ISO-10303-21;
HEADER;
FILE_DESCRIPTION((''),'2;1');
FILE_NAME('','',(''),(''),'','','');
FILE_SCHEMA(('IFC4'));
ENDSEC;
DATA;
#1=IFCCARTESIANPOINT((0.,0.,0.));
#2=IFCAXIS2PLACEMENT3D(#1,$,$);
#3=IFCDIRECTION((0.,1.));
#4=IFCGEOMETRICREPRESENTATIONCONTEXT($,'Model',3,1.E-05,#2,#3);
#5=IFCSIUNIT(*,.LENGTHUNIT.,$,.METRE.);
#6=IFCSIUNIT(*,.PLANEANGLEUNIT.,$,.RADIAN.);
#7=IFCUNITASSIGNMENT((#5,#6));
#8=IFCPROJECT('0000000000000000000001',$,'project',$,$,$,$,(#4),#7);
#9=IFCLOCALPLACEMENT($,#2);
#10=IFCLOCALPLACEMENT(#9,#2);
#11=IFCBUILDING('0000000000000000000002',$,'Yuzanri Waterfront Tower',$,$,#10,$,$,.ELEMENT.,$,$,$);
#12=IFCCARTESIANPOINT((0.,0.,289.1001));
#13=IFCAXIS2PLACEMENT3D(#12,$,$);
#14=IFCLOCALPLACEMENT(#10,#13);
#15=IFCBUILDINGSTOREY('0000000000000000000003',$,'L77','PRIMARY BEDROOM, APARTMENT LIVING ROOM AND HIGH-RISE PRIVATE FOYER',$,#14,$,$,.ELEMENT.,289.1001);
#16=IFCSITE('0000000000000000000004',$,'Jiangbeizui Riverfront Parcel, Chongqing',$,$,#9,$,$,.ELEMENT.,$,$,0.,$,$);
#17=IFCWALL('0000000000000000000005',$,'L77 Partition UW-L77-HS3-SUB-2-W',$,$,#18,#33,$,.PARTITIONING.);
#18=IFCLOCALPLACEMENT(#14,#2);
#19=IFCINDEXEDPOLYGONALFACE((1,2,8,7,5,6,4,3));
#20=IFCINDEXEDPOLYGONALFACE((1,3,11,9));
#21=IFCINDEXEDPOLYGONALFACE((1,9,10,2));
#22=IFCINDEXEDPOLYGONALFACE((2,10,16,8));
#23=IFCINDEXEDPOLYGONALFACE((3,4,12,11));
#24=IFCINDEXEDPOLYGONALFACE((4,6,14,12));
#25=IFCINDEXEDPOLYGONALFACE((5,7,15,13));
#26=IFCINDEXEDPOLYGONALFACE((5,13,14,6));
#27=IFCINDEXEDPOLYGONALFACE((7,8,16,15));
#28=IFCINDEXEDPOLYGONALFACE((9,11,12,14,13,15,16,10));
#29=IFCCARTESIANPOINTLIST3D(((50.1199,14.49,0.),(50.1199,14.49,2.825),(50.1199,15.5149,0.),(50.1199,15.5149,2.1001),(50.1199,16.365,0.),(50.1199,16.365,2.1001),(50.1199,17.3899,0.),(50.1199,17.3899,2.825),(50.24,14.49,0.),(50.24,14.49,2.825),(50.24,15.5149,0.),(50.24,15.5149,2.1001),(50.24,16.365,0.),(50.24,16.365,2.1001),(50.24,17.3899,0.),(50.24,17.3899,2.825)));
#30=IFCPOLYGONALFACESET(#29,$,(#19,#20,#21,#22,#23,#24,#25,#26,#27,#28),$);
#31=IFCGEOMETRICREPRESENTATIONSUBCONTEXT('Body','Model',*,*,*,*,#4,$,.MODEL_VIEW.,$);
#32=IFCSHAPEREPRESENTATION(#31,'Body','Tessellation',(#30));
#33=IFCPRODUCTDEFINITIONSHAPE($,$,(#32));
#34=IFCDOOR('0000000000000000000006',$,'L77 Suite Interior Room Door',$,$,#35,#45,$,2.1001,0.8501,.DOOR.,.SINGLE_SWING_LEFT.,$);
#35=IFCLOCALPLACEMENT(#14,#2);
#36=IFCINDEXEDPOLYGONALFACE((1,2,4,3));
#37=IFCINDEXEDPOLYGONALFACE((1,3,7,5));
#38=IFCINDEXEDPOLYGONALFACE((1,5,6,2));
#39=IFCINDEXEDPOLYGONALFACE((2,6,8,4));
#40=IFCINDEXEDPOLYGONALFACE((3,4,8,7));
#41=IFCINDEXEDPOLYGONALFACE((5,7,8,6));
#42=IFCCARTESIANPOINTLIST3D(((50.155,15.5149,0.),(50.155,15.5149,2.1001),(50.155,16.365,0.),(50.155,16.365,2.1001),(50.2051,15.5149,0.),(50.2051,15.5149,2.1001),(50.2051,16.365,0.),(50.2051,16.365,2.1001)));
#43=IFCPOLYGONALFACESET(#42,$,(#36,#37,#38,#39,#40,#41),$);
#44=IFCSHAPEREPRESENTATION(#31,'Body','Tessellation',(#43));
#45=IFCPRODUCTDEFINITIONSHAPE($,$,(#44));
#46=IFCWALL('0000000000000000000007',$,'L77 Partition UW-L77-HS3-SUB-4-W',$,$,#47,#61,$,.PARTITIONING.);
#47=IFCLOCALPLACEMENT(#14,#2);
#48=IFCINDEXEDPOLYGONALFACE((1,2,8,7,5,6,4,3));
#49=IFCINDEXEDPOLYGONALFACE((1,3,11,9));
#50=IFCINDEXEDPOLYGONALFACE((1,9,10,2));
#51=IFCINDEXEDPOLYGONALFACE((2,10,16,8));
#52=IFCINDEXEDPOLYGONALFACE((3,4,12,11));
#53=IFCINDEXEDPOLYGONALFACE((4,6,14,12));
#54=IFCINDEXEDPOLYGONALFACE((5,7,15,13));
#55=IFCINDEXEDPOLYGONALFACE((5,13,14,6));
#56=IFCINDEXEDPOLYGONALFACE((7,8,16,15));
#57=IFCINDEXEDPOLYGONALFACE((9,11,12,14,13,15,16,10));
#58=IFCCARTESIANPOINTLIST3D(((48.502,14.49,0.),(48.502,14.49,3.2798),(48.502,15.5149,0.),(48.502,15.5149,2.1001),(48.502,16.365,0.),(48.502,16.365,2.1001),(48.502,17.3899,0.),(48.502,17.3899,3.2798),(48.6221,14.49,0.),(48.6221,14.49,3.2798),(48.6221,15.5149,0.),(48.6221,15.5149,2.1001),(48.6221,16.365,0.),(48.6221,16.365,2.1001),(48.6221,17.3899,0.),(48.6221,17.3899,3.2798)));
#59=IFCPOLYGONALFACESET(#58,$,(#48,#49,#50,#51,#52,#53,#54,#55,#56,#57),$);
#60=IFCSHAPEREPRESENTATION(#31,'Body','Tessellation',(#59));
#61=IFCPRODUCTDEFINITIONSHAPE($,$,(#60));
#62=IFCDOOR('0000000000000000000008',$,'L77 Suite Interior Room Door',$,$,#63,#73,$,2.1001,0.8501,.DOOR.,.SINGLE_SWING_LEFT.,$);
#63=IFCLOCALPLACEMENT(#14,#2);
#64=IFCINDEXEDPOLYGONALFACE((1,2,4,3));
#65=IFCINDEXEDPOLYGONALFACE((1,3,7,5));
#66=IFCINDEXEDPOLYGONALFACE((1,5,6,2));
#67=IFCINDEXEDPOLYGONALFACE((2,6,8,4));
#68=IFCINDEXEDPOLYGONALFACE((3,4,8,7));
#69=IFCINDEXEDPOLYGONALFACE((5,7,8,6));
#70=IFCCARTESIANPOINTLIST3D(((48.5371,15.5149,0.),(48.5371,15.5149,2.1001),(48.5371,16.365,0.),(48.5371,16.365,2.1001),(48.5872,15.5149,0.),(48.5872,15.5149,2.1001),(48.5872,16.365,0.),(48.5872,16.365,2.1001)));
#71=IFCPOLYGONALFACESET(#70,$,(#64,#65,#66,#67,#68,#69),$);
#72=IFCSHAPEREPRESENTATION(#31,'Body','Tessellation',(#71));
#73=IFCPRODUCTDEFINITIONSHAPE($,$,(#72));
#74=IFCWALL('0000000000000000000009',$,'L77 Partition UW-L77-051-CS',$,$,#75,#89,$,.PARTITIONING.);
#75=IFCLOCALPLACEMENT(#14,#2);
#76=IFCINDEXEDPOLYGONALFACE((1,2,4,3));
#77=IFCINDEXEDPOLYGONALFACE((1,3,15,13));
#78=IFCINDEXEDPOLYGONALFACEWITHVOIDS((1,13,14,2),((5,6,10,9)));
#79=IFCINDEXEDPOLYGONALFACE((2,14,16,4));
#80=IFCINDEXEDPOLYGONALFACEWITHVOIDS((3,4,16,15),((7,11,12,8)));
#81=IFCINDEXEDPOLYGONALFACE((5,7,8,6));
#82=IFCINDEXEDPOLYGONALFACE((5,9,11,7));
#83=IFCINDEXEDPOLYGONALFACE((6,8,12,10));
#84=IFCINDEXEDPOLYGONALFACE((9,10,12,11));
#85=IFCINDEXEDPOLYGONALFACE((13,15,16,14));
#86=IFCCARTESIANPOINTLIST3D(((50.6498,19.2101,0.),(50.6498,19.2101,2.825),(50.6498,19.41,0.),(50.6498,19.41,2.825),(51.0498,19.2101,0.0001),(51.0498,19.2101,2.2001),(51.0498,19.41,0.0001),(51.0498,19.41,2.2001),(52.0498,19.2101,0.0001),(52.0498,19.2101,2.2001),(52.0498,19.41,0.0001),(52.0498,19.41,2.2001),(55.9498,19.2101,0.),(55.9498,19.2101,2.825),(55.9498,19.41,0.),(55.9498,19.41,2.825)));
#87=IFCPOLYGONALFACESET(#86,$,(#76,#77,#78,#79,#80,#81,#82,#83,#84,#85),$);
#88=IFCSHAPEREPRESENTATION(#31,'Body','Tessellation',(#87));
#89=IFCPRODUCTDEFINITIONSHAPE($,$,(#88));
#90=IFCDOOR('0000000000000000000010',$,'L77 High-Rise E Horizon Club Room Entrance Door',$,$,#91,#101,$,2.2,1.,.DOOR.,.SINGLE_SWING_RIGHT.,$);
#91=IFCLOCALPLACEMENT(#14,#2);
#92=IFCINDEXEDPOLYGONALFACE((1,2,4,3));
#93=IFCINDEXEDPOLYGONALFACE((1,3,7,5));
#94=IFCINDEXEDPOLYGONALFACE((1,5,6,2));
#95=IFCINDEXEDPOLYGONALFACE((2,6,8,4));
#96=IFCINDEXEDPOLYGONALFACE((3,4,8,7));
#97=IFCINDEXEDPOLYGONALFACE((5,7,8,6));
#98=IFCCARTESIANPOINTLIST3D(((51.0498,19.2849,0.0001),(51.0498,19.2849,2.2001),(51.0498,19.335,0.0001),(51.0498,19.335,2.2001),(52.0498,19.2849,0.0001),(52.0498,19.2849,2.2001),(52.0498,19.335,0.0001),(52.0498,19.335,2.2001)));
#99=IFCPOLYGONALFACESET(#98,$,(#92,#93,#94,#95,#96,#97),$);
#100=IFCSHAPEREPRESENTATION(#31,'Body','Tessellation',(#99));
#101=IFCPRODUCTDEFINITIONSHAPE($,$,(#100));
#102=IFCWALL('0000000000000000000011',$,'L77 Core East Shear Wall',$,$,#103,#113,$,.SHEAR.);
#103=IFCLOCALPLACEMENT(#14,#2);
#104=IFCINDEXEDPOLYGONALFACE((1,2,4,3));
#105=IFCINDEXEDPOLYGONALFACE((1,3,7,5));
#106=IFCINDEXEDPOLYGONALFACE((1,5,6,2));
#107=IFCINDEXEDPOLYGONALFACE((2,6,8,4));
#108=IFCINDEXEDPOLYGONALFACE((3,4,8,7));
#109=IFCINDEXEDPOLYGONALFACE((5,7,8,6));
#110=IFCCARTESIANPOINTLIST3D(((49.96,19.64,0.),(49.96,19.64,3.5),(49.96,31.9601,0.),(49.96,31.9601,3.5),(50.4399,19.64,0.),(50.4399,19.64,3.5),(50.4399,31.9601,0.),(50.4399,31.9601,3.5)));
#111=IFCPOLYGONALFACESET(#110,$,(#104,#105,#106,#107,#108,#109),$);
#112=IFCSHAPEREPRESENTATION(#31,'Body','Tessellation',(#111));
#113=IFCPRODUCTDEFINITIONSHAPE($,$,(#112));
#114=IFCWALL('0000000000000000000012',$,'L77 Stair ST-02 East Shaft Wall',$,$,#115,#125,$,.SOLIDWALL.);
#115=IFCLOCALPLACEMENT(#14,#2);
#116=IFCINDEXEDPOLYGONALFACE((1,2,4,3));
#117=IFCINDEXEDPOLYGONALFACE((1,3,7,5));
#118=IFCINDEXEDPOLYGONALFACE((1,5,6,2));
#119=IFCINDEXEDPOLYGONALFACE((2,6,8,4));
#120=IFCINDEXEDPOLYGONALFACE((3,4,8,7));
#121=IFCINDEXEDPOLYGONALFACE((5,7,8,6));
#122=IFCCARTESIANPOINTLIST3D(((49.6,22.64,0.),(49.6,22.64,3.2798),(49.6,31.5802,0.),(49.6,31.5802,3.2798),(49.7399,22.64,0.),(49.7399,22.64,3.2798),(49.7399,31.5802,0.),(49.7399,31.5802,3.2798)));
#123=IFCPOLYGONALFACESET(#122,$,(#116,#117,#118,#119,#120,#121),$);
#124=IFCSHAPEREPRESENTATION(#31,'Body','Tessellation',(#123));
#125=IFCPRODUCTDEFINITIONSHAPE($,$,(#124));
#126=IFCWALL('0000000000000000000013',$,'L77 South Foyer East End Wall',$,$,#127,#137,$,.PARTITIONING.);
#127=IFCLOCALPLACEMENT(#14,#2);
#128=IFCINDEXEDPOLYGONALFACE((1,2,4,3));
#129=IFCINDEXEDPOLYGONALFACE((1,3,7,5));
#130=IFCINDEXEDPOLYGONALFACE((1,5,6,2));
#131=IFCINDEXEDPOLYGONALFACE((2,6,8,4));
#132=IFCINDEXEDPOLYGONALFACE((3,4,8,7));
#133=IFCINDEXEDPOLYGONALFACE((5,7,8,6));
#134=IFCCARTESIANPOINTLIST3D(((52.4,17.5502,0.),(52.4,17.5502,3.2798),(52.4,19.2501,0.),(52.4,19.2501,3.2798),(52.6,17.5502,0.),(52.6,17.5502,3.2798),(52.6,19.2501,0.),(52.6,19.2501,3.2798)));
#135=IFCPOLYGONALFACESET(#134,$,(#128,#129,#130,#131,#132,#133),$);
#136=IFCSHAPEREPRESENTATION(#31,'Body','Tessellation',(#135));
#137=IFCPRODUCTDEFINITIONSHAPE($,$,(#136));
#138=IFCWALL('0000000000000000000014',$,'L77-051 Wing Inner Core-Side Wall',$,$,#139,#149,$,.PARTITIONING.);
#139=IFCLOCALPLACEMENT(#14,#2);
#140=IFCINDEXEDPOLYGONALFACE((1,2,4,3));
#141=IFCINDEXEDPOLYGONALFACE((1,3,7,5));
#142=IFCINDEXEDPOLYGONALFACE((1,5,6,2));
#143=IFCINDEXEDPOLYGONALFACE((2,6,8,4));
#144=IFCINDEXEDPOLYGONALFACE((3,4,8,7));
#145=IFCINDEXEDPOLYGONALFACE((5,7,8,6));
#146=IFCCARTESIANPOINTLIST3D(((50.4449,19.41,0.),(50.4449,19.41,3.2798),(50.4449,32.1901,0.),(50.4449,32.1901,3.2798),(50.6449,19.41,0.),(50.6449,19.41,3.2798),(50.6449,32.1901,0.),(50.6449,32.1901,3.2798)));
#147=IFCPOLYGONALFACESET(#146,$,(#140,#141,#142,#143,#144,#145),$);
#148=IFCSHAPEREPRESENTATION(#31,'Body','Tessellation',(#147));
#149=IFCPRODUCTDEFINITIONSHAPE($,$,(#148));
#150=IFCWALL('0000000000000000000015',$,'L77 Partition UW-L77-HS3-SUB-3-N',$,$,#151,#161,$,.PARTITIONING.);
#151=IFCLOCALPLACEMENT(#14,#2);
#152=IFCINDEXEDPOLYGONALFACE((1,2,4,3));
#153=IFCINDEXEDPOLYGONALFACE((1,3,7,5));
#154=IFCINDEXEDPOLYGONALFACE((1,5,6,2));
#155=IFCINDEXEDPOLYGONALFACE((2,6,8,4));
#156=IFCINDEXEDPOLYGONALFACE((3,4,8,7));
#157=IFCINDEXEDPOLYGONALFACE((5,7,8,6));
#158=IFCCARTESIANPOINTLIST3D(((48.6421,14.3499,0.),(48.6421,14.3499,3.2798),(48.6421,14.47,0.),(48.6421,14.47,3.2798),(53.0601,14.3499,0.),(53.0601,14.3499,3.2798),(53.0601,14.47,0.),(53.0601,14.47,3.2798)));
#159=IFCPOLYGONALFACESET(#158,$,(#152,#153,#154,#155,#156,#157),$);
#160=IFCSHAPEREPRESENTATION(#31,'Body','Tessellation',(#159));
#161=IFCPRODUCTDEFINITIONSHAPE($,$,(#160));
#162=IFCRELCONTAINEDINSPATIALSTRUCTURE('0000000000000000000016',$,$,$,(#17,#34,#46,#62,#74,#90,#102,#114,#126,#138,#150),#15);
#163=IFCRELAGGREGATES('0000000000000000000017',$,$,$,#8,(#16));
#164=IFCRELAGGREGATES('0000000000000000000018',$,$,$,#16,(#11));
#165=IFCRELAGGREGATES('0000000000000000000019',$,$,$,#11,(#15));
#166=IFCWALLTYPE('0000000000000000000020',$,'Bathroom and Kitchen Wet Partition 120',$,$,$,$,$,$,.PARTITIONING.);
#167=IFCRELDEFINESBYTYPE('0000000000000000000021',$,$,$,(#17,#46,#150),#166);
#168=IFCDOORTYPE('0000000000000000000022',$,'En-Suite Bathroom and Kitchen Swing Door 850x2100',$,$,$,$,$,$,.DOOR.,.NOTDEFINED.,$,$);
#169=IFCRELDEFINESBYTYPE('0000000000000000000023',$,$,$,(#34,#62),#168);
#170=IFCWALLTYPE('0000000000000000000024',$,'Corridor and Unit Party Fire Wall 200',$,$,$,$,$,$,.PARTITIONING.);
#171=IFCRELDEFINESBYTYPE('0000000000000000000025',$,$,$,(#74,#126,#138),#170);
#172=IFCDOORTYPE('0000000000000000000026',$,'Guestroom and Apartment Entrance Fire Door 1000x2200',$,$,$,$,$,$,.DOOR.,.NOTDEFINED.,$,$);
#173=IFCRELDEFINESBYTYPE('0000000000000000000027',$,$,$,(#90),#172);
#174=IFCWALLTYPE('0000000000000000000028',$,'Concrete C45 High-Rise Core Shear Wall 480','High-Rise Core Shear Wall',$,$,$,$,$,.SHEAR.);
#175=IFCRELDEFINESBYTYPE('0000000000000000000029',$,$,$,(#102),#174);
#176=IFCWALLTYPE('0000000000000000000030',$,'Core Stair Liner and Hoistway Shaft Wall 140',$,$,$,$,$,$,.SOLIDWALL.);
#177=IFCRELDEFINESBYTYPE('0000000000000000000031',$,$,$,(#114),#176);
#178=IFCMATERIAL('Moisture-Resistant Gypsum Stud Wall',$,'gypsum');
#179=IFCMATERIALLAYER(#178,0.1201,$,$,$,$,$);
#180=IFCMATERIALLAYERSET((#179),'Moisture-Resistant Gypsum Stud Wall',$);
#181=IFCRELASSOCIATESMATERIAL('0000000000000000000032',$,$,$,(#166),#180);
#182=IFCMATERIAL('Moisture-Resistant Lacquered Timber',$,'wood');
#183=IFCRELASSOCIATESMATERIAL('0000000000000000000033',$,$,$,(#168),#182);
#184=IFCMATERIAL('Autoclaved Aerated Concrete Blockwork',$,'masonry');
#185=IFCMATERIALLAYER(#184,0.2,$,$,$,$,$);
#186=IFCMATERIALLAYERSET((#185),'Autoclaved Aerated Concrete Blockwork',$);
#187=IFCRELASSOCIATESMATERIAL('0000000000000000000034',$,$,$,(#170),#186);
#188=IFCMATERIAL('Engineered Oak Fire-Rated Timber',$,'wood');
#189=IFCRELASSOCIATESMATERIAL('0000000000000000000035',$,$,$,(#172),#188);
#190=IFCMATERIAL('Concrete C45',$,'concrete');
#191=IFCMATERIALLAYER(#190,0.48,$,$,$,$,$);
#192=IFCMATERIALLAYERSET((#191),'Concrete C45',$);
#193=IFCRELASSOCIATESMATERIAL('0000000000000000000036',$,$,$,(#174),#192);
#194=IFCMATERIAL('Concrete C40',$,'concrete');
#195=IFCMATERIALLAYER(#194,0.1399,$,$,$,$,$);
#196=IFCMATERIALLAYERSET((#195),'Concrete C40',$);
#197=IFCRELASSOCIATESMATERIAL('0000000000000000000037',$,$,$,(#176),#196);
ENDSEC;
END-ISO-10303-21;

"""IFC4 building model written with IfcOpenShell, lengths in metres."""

from ifc_helpers import new_model, si_unit, direction, frame, frame_2d, origin, place, context, subcontext, project, spatial, rectangle, extrude, source, transform, mapped, material, layer, layer_set, type_object, element, fill, save


model = new_model("IFC4")

# Units and contexts
model_context = context("Model", 3, precision=1e-05, world=origin(), true_north=direction((0.0, 1.0)))
body_context = subcontext(model_context, "Body", "Model", "MODEL_VIEW")
ifc_project = project(units=[si_unit("LENGTHUNIT", "METRE"), si_unit("PLANEANGLEUNIT", "RADIAN")], contexts=[model_context])

# Site, building, storey
site_placement = place(None, origin())
site = spatial("IfcSite", under=ifc_project, at=site_placement, Name="Jiangbeizui Riverfront Parcel, Chongqing", CompositionType="ELEMENT", RefElevation=0.0)
building_placement = place(site_placement, origin())
building = spatial("IfcBuilding", under=site, at=building_placement, Name="Yuzanri Waterfront Tower", CompositionType="ELEMENT")
storey_placement = place(building_placement, frame((0.0, 0.0, 289.1001)))
storey = spatial("IfcBuildingStorey", under=building, at=storey_placement, Name="L77", Description="PRIMARY BEDROOM, APARTMENT LIVING ROOM AND HIGH-RISE PRIVATE FOYER", CompositionType="ELEMENT", Elevation=289.1001)

# Walls, openings, doors
ifc_material_1 = material(Name="Moisture-Resistant Gypsum Stud Wall", Category="gypsum")
ifc_layer_1 = layer(ifc_material_1, 0.1201)
ifc_layer_set_1 = layer_set([ifc_layer_1], Name="Moisture-Resistant Gypsum Stud Wall")
wall_type_1 = type_object("IfcWallType", Name="Bathroom and Kitchen Wet Partition 120", PredefinedType="PARTITIONING", material=ifc_layer_set_1)
wall_1_placement = place(storey_placement, frame((50.1799, 14.49, 0.0), z_axis=(0.0, 0.0, 1.0), x_axis=(0.0, 1.0, 0.0)))
wall_1 = element("IfcWall", 1, at=wall_1_placement, inside=storey, type_object=wall_type_1, Name="L77 Partition UW-L77-HS3-SUB-2-W", PredefinedType="PARTITIONING", context=body_context, shape_type="SweptSolid", body=[
    extrude(rectangle(XDim=2.8999, YDim=0.1201, at=frame_2d((1.45, 0.0))), origin(), (0.0, 0.0, 1.0), 2.825),
])
opening_1_placement = place(wall_1_placement, frame((1.0249, 0.0, 0.0)))
opening_1 = element("IfcOpeningElement", 2, at=opening_1_placement, cuts=wall_1, PredefinedType="OPENING", context=body_context, shape_type="SweptSolid", body=[
    extrude(rectangle(XDim=0.8501, YDim=2.1001, at=frame_2d((0.425, 1.05))), frame((0.0, 0.075, 0.0), z_axis=(0.0, -1.0, 0.0), x_axis=(1.0, 0.0, 0.0)), (0.0, 0.0, 1.0), 0.1499),
])
ifc_material_2 = material(Name="Moisture-Resistant Lacquered Timber", Category="wood")
door_type_1 = type_object("IfcDoorType", Name="En-Suite Bathroom and Kitchen Swing Door 850x2100", OperationType="NOTDEFINED", PredefinedType="DOOR", material=ifc_material_2)
shared_shape_1 = source(origin(), body_context, "Body", "SweptSolid", [
    extrude(rectangle(XDim=0.8501, YDim=2.1001, at=frame_2d((0.425, 1.05))), frame((0.0, 0.0249, 0.0), z_axis=(0.0, -1.0, 0.0), x_axis=(1.0, 0.0, 0.0)), (0.0, 0.0, 1.0), 0.05),
])
door_1_placement = place(opening_1_placement, origin())
door_1 = element("IfcDoor", 3, at=door_1_placement, inside=storey, type_object=door_type_1, Name="L77 Suite Interior Room Door", OperationType="SINGLE_SWING_LEFT", OverallHeight=2.1001, OverallWidth=0.8501, PredefinedType="DOOR", context=body_context, shape_type="MappedRepresentation", body=[
    mapped(shared_shape_1, transform((0.0, 0.0, 0.0), scale=1.0)),
])
fill(opening_1, door_1)
wall_2_placement = place(storey_placement, frame((48.562, 14.49, 0.0), z_axis=(0.0, 0.0, 1.0), x_axis=(0.0, 1.0, 0.0)))
wall_2 = element("IfcWall", 4, at=wall_2_placement, inside=storey, type_object=wall_type_1, Name="L77 Partition UW-L77-HS3-SUB-4-W", PredefinedType="PARTITIONING", context=body_context, shape_type="SweptSolid", body=[
    extrude(rectangle(XDim=2.8999, YDim=0.1201, at=frame_2d((1.45, 0.0))), origin(), (0.0, 0.0, 1.0), 3.2798),
])
opening_2_placement = place(wall_2_placement, frame((1.0249, 0.0, 0.0)))
opening_2 = element("IfcOpeningElement", 5, at=opening_2_placement, cuts=wall_2, PredefinedType="OPENING", context=body_context, shape_type="SweptSolid", body=[
    extrude(rectangle(XDim=0.8501, YDim=2.1001, at=frame_2d((0.425, 1.05))), frame((0.0, 0.075, 0.0), z_axis=(0.0, -1.0, 0.0), x_axis=(1.0, 0.0, 0.0)), (0.0, 0.0, 1.0), 0.1499),
])
door_2_placement = place(opening_2_placement, origin())
door_2 = element("IfcDoor", 6, at=door_2_placement, inside=storey, type_object=door_type_1, Name="L77 Suite Interior Room Door", OperationType="SINGLE_SWING_LEFT", OverallHeight=2.1001, OverallWidth=0.8501, PredefinedType="DOOR", context=body_context, shape_type="MappedRepresentation", body=[
    mapped(shared_shape_1, transform((0.0, 0.0, 0.0), scale=1.0)),
])
fill(opening_2, door_2)
ifc_material_3 = material(Name="Autoclaved Aerated Concrete Blockwork", Category="masonry")
ifc_layer_2 = layer(ifc_material_3, 0.2)
ifc_layer_set_2 = layer_set([ifc_layer_2], Name="Autoclaved Aerated Concrete Blockwork")
wall_type_2 = type_object("IfcWallType", Name="Corridor and Unit Party Fire Wall 200", PredefinedType="PARTITIONING", material=ifc_layer_set_2)
wall_3_placement = place(storey_placement, frame((50.6499, 19.3101, 0.0), z_axis=(0.0, 0.0, 1.0), x_axis=(1.0, 0.0, 0.0)))
wall_3 = element("IfcWall", 7, at=wall_3_placement, inside=storey, type_object=wall_type_2, Name="L77 Partition UW-L77-051-CS", PredefinedType="PARTITIONING", context=body_context, shape_type="SweptSolid", body=[
    extrude(rectangle(XDim=5.3, YDim=0.2, at=frame_2d((2.6499, 0.0))), origin(), (0.0, 0.0, 1.0), 2.825),
])
opening_3_placement = place(wall_3_placement, frame((0.3999, 0.0, 0.0)))
opening_3 = element("IfcOpeningElement", 8, at=opening_3_placement, cuts=wall_3, PredefinedType="OPENING", context=body_context, shape_type="SweptSolid", body=[
    extrude(rectangle(XDim=1.0, YDim=2.2, at=frame_2d((0.5, 1.1001))), frame((0.0, 0.1147, 0.0), z_axis=(0.0, -1.0, 0.0), x_axis=(1.0, 0.0, 0.0)), (0.0, 0.0, 1.0), 0.2297),
])
ifc_material_4 = material(Name="Engineered Oak Fire-Rated Timber", Category="wood")
door_type_2 = type_object("IfcDoorType", Name="Guestroom and Apartment Entrance Fire Door 1000x2200", OperationType="NOTDEFINED", PredefinedType="DOOR", material=ifc_material_4)
shared_shape_2 = source(origin(), body_context, "Body", "SweptSolid", [
    extrude(rectangle(XDim=1.0, YDim=2.2, at=frame_2d((0.5, 1.1001))), frame((0.0, 0.0249, 0.0), z_axis=(0.0, -1.0, 0.0), x_axis=(1.0, 0.0, 0.0)), (0.0, 0.0, 1.0), 0.05),
])
door_3_placement = place(opening_3_placement, origin())
door_3 = element("IfcDoor", 9, at=door_3_placement, inside=storey, type_object=door_type_2, Name="L77 High-Rise E Horizon Club Room Entrance Door", OperationType="SINGLE_SWING_RIGHT", OverallHeight=2.2, OverallWidth=1.0, PredefinedType="DOOR", context=body_context, shape_type="MappedRepresentation", body=[
    mapped(shared_shape_2, transform((0.0, 0.0, 0.0), scale=1.0)),
])
fill(opening_3, door_3)

# Walls
ifc_material_5 = material(Name="Concrete C45", Category="concrete")
ifc_layer_3 = layer(ifc_material_5, 0.48)
ifc_layer_set_3 = layer_set([ifc_layer_3], Name="Concrete C45")
wall_type_3 = type_object("IfcWallType", Name="Concrete C45 High-Rise Core Shear Wall 480", Description="High-Rise Core Shear Wall", PredefinedType="SHEAR", material=ifc_layer_set_3)
shared_shape_3 = source(origin(), body_context, "Body", "SweptSolid", [
    extrude(rectangle(XDim=12.3201, YDim=0.48, at=frame_2d((6.1602, 0.0))), origin(), (0.0, 0.0, 1.0), 3.5),
])
wall_4_placement = place(storey_placement, frame((50.2, 19.6399, 0.0), z_axis=(0.0, 0.0, 1.0), x_axis=(0.0, 1.0, 0.0)))
element("IfcWall", 10, at=wall_4_placement, inside=storey, type_object=wall_type_3, Name="L77 Core East Shear Wall", PredefinedType="SHEAR", context=body_context, shape_type="MappedRepresentation", body=[
    mapped(shared_shape_3, transform((0.0, 0.0, 0.0), scale=1.0)),
])
ifc_material_6 = material(Name="Concrete C40", Category="concrete")
ifc_layer_4 = layer(ifc_material_6, 0.1399)
ifc_layer_set_4 = layer_set([ifc_layer_4], Name="Concrete C40")
wall_type_4 = type_object("IfcWallType", Name="Core Stair Liner and Hoistway Shaft Wall 140", PredefinedType="SOLIDWALL", material=ifc_layer_set_4)
shared_shape_4 = source(origin(), body_context, "Body", "SweptSolid", [
    extrude(rectangle(XDim=8.9402, YDim=0.1399, at=frame_2d((4.4702, 0.0))), origin(), (0.0, 0.0, 1.0), 3.2798),
])
wall_5_placement = place(storey_placement, frame((49.6699, 22.6399, 0.0), z_axis=(0.0, 0.0, 1.0), x_axis=(0.0, 1.0, 0.0)))
element("IfcWall", 11, at=wall_5_placement, inside=storey, type_object=wall_type_4, Name="L77 Stair ST-02 East Shaft Wall", PredefinedType="SOLIDWALL", context=body_context, shape_type="MappedRepresentation", body=[
    mapped(shared_shape_4, transform((0.0, 0.0, 0.0), scale=1.0)),
])
shared_shape_5 = source(origin(), body_context, "Body", "SweptSolid", [
    extrude(rectangle(XDim=1.7, YDim=0.2, at=frame_2d((0.8501, 0.0))), origin(), (0.0, 0.0, 1.0), 3.2798),
])
wall_6_placement = place(storey_placement, frame((52.5, 17.55, 0.0), z_axis=(0.0, 0.0, 1.0), x_axis=(0.0, 1.0, 0.0)))
element("IfcWall", 12, at=wall_6_placement, inside=storey, type_object=wall_type_2, Name="L77 South Foyer East End Wall", PredefinedType="PARTITIONING", context=body_context, shape_type="MappedRepresentation", body=[
    mapped(shared_shape_5, transform((0.0, 0.0, 0.0), scale=1.0)),
])
shared_shape_6 = source(origin(), body_context, "Body", "SweptSolid", [
    extrude(rectangle(XDim=12.78, YDim=0.2, at=frame_2d((6.3901, 0.0))), origin(), (0.0, 0.0, 1.0), 3.2798),
])
wall_7_placement = place(storey_placement, frame((50.5449, 19.4099, 0.0), z_axis=(0.0, 0.0, 1.0), x_axis=(0.0, 1.0, 0.0)))
element("IfcWall", 13, at=wall_7_placement, inside=storey, type_object=wall_type_2, Name="L77-051 Wing Inner Core-Side Wall", PredefinedType="PARTITIONING", context=body_context, shape_type="MappedRepresentation", body=[
    mapped(shared_shape_6, transform((0.0, 0.0, 0.0), scale=1.0)),
])
shared_shape_7 = source(origin(), body_context, "Body", "SweptSolid", [
    extrude(rectangle(XDim=4.418, YDim=0.1201, at=frame_2d((2.209, 0.0))), origin(), (0.0, 0.0, 1.0), 3.2798),
])
wall_8_placement = place(storey_placement, frame((48.6421, 14.4099, 0.0), z_axis=(0.0, 0.0, 1.0), x_axis=(1.0, 0.0, 0.0)))
element("IfcWall", 14, at=wall_8_placement, inside=storey, type_object=wall_type_1, Name="L77 Partition UW-L77-HS3-SUB-3-N", PredefinedType="PARTITIONING", context=body_context, shape_type="MappedRepresentation", body=[
    mapped(shared_shape_7, transform((0.0, 0.0, 0.0), scale=1.0)),
])

save(model, "model.ifc")
